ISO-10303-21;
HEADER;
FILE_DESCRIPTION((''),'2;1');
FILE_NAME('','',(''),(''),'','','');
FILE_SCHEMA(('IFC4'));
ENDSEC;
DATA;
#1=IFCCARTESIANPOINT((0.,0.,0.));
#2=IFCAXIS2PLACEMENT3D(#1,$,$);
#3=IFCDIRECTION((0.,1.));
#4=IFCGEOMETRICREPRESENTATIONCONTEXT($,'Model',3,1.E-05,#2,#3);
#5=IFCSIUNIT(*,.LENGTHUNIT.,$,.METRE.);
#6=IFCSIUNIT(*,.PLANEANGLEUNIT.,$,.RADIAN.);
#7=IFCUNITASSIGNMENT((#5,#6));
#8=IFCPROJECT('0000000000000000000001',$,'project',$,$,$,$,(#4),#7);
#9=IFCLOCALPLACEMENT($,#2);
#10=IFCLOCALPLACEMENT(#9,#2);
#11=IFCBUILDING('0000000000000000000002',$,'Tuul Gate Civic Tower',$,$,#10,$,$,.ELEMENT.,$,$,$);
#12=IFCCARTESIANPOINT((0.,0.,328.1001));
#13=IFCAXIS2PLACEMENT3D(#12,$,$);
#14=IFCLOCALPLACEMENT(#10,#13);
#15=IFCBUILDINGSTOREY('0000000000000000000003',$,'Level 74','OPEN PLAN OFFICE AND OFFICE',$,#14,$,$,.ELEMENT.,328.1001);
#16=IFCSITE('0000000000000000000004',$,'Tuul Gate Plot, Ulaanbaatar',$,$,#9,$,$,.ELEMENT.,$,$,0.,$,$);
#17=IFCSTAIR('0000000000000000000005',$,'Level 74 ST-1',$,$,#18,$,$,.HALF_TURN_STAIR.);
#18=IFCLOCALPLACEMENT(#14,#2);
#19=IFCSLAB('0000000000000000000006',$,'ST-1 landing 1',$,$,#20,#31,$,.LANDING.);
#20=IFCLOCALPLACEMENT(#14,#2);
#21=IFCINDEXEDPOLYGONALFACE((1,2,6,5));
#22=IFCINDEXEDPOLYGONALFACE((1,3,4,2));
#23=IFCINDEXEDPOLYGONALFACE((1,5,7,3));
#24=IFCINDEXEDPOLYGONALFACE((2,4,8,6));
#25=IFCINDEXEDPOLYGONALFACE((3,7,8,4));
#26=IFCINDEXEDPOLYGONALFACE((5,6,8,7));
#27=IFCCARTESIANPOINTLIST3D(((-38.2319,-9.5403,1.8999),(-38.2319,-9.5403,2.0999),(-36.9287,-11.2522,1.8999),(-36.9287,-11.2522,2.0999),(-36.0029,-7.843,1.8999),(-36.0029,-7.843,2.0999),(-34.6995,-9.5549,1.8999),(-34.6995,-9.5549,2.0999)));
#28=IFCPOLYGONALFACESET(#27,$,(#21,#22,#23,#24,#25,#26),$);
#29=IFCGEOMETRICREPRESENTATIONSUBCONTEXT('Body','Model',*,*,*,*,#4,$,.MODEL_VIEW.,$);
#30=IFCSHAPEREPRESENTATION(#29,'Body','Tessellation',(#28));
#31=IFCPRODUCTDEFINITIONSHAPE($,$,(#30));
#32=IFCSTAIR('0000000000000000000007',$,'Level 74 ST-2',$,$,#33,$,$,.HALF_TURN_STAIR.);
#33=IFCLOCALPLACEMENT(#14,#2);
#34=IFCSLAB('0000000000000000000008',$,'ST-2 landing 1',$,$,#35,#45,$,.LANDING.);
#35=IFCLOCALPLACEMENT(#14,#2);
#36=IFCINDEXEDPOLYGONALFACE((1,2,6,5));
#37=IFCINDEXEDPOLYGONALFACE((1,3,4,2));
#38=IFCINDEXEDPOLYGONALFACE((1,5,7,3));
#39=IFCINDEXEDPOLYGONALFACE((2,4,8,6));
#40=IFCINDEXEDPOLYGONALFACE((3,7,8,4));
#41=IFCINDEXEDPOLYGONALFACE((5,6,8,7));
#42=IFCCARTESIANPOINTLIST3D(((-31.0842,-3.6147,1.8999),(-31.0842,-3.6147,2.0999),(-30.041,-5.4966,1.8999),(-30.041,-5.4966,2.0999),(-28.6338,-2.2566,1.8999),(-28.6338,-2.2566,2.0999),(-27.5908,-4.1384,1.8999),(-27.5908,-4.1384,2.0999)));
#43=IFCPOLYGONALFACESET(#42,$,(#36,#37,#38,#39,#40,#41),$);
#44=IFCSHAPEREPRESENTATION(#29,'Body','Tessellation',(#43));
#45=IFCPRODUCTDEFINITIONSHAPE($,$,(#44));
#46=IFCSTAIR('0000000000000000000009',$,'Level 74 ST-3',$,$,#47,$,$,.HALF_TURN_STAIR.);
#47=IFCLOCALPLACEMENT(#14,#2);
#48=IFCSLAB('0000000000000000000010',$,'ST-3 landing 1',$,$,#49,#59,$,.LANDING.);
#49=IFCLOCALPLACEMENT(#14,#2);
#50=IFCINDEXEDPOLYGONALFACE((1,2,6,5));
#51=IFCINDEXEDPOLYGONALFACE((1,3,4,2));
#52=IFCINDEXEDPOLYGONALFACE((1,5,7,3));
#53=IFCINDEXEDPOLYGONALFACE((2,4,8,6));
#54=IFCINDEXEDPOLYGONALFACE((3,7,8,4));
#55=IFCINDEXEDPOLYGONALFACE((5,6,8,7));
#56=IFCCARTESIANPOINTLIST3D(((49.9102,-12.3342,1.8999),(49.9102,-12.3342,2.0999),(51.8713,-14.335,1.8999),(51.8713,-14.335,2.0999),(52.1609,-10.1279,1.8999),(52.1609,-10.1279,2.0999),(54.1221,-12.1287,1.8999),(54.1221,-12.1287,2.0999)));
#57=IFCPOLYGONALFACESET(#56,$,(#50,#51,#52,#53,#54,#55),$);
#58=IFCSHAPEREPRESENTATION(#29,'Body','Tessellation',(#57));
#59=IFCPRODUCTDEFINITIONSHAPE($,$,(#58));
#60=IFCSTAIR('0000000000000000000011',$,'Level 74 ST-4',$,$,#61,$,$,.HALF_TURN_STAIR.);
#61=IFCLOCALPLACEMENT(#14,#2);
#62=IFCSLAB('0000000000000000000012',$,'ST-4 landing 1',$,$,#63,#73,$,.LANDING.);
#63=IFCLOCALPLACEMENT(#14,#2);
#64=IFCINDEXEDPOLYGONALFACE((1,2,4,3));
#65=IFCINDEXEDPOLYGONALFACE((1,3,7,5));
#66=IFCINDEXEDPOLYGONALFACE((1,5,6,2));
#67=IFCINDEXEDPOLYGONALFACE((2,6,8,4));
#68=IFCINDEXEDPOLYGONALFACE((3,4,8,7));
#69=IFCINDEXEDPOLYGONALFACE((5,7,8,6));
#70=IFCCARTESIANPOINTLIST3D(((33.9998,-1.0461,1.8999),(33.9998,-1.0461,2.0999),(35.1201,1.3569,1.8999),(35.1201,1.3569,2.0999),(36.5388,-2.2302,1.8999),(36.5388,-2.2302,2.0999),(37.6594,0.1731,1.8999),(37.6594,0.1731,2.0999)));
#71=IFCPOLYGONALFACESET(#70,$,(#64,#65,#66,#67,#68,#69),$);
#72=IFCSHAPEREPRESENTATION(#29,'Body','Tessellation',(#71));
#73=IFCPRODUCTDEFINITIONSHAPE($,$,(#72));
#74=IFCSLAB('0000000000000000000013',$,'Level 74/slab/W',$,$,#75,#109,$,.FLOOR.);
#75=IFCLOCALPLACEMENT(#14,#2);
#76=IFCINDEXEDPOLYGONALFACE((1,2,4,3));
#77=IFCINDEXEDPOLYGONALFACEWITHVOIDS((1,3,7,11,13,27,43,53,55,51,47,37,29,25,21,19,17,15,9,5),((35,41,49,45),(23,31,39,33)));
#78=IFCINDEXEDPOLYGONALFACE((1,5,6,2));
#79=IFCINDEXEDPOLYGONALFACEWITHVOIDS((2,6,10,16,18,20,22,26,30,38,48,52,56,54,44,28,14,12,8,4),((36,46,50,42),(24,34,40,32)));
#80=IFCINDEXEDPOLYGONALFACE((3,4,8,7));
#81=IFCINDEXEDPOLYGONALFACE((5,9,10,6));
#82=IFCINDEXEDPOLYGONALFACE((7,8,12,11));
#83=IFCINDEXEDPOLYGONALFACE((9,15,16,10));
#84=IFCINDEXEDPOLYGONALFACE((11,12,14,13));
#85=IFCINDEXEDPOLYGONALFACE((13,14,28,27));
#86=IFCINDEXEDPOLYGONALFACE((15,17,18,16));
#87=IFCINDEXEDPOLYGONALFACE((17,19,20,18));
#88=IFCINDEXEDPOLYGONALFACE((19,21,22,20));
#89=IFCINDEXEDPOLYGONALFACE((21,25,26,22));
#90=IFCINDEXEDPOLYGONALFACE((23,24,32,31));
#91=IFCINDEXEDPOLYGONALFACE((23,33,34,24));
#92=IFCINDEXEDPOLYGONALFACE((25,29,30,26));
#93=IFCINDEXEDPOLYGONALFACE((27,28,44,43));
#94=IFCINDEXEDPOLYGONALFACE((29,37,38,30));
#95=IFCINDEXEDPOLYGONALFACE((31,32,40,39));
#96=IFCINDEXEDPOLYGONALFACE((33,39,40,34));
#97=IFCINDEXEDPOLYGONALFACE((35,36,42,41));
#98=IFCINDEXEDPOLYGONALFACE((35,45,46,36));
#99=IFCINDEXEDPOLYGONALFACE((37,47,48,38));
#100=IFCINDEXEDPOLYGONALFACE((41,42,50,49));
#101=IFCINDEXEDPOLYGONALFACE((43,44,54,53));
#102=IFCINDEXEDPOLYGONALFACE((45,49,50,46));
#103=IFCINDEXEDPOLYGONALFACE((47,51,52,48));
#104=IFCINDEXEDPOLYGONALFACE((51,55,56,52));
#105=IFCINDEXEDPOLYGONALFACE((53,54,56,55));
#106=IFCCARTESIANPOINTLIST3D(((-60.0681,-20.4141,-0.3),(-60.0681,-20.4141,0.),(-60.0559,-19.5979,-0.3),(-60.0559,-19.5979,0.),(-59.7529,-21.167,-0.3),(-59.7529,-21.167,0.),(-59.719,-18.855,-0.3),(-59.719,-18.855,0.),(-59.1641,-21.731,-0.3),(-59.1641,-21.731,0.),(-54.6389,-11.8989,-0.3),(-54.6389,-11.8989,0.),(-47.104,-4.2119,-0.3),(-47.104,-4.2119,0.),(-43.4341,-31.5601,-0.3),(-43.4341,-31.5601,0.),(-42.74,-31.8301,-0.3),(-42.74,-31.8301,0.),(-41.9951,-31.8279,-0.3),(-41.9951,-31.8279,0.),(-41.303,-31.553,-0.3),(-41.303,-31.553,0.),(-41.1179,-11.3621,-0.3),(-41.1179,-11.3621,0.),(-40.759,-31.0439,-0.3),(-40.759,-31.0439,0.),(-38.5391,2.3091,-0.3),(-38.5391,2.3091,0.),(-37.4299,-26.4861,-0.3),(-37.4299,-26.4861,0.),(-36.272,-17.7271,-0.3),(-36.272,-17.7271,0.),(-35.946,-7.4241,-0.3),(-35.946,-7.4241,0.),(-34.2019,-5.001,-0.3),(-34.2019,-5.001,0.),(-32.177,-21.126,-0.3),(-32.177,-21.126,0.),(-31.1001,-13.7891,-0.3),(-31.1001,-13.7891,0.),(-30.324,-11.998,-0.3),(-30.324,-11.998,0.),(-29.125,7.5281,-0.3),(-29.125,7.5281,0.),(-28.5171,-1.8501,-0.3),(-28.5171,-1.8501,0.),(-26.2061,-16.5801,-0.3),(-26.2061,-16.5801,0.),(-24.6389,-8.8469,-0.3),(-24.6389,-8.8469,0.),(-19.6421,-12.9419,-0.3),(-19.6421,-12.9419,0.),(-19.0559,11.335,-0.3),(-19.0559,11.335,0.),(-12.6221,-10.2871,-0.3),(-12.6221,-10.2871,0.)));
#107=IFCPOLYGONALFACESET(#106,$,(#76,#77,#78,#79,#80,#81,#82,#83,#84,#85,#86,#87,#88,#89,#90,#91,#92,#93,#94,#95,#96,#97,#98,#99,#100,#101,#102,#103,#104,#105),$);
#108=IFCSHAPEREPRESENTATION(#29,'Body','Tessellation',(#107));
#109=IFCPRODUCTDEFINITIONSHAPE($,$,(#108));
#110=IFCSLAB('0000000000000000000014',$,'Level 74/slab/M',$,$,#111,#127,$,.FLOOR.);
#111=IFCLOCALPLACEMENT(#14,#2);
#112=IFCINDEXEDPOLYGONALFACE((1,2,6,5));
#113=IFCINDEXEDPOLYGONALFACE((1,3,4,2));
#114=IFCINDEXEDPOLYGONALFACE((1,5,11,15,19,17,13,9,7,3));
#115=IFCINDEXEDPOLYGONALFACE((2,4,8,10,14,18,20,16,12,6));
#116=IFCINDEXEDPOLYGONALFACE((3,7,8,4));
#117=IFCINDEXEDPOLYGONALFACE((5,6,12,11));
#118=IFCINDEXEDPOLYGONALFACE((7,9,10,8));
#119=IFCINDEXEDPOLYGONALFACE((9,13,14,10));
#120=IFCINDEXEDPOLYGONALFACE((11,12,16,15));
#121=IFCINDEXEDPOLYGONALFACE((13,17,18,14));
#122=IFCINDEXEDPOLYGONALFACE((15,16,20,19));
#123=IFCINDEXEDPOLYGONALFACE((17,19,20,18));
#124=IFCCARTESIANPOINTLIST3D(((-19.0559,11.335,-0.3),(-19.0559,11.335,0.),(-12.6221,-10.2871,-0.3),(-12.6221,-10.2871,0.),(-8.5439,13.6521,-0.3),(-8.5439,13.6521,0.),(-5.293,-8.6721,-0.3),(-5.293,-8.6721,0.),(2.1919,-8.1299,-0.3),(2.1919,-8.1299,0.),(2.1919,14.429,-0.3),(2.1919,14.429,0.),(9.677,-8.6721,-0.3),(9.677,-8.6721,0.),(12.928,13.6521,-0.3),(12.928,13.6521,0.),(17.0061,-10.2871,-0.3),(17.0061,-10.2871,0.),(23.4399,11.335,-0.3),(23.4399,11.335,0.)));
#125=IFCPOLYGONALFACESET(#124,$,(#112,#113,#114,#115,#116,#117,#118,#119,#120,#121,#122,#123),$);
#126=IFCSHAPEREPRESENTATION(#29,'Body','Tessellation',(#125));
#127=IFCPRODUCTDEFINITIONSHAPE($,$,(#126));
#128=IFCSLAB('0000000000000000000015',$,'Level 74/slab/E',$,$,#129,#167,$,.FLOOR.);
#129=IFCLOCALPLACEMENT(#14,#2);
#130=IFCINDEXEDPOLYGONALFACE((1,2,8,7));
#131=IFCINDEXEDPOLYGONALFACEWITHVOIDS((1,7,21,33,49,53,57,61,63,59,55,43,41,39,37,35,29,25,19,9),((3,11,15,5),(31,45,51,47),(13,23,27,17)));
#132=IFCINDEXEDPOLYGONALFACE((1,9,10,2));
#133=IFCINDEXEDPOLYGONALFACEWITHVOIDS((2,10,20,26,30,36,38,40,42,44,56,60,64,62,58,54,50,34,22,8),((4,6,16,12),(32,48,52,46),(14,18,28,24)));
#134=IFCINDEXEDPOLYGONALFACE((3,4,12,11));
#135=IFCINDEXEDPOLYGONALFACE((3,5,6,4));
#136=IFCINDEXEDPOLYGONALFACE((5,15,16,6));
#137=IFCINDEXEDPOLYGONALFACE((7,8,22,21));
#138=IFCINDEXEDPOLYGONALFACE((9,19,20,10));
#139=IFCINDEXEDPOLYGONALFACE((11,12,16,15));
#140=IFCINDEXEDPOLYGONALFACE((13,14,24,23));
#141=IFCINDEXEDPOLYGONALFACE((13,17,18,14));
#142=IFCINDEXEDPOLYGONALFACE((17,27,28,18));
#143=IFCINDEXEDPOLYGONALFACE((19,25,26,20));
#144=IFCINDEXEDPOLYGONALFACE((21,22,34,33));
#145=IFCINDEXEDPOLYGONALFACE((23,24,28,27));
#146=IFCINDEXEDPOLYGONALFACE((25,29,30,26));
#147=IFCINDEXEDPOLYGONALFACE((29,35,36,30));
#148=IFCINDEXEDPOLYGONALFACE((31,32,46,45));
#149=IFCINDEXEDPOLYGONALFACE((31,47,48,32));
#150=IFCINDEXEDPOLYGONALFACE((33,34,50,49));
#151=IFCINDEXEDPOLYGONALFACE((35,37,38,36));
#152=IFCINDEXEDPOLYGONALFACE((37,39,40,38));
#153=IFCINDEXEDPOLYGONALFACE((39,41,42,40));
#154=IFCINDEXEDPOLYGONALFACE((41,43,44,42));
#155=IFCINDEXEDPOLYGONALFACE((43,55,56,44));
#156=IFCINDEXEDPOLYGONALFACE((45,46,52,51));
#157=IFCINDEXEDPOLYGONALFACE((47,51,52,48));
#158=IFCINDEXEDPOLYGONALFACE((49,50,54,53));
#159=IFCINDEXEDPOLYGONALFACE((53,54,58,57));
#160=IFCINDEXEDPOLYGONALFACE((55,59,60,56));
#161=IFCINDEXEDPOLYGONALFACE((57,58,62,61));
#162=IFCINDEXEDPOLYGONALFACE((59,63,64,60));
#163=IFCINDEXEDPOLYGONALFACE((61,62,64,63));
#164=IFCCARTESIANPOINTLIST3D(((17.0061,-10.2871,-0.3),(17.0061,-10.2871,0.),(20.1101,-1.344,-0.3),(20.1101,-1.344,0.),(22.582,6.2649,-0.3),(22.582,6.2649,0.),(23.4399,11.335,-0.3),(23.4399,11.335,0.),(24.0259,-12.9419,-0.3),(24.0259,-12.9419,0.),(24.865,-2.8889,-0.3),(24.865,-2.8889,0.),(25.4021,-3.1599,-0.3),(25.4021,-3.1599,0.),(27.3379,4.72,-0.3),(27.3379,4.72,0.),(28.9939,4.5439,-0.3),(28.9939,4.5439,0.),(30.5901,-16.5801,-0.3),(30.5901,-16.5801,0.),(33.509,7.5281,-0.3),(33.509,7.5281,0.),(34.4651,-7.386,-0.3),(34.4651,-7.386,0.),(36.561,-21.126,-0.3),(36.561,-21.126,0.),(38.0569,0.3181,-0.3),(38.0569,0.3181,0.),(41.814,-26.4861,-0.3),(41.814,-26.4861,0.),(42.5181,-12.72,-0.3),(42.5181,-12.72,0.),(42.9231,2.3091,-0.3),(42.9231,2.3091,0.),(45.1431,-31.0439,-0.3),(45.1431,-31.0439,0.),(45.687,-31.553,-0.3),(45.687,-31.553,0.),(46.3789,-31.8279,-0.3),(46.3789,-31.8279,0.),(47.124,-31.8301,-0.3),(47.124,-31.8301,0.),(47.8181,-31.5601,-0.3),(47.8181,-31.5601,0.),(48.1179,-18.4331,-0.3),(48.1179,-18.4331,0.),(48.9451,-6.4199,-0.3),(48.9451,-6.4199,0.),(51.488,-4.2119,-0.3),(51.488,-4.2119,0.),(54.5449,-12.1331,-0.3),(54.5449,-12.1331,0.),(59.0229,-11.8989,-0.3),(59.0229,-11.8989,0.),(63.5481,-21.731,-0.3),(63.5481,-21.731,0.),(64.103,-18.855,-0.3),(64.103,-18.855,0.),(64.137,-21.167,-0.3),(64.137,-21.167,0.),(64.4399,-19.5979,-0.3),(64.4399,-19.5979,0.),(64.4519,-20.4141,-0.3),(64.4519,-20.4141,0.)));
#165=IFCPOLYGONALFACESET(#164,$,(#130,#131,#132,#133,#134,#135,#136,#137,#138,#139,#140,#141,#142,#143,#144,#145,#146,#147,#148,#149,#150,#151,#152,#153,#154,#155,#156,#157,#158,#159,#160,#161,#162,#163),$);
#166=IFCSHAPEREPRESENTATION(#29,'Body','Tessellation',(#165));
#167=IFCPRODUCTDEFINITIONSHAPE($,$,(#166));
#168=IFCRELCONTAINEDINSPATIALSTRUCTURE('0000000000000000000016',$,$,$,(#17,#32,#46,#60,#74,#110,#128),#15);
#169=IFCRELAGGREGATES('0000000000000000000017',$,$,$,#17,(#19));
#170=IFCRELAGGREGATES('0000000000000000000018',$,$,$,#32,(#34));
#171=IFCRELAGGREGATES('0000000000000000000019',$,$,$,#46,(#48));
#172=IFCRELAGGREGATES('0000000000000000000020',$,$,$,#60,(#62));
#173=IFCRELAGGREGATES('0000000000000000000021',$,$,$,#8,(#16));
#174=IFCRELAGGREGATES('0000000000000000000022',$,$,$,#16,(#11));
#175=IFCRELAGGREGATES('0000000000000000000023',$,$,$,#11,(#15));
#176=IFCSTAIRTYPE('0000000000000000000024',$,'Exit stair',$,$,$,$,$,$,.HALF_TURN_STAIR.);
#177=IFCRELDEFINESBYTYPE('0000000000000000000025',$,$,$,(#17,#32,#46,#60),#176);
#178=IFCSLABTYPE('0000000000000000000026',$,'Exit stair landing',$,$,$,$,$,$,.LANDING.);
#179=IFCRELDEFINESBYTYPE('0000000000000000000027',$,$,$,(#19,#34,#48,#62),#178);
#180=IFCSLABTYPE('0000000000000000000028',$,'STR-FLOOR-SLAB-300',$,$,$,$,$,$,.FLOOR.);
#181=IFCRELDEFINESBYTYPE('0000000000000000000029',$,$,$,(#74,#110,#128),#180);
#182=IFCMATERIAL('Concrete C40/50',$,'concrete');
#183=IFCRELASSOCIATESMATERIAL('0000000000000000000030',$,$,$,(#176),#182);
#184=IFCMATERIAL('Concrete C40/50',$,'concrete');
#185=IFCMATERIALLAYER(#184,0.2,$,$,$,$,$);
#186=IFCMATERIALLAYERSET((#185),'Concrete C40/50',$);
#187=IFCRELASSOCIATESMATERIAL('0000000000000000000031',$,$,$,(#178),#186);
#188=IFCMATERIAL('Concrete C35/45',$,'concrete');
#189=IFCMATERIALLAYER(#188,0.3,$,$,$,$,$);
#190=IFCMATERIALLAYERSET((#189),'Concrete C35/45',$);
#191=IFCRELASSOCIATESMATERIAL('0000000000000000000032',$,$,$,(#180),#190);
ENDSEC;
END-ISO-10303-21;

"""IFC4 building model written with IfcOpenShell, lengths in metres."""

from ifc_helpers import new_model, si_unit, direction, frame, origin, place, context, subcontext, project, spatial, polyline, outline, extrude, material, layer, layer_set, type_object, element, aggregate, save


model = new_model("IFC4")

# Units and contexts
model_context = context("Model", 3, precision=1e-05, world=origin(), true_north=direction((0.0, 1.0)))
body_context = subcontext(model_context, "Body", "Model", "MODEL_VIEW")
ifc_project = project(units=[si_unit("LENGTHUNIT", "METRE"), si_unit("PLANEANGLEUNIT", "RADIAN")], contexts=[model_context])

# Site, building, storey
site_placement = place(None, origin())
site = spatial("IfcSite", under=ifc_project, at=site_placement, Name="Tuul Gate Plot, Ulaanbaatar", CompositionType="ELEMENT", RefElevation=0.0)
building_placement = place(site_placement, origin())
building = spatial("IfcBuilding", under=site, at=building_placement, Name="Tuul Gate Civic Tower", CompositionType="ELEMENT")
storey_placement = place(building_placement, frame((0.0, 0.0, 328.1001)))
storey = spatial("IfcBuildingStorey", under=building, at=storey_placement, Name="Level 74", Description="OPEN PLAN OFFICE AND OFFICE", CompositionType="ELEMENT", Elevation=328.1001)

# Stairs, slabs
ifc_material_1 = material(Name="Concrete C40/50", Category="concrete")
stair_type = type_object("IfcStairType", Name="Exit stair", PredefinedType="HALF_TURN_STAIR", material=ifc_material_1)
stair_1_placement = place(storey_placement, origin())
stair_1 = element("IfcStair", 1, at=stair_1_placement, inside=storey, type_object=stair_type, Name="Level 74 ST-1", PredefinedType="HALF_TURN_STAIR")
ifc_material_2 = material(Name="Concrete C40/50", Category="concrete")
ifc_layer_1 = layer(ifc_material_2, 0.2)
ifc_layer_set_1 = layer_set([ifc_layer_1], Name="Concrete C40/50")
slab_type_1 = type_object("IfcSlabType", Name="Exit stair landing", PredefinedType="LANDING", material=ifc_layer_set_1)
slab_1_placement = place(storey_placement, frame((0.0, 0.0, 1.8999)))
slab_1 = element("IfcSlab", 2, at=slab_1_placement, type_object=slab_type_1, Name="ST-1 landing 1", PredefinedType="LANDING", context=body_context, shape_type="SweptSolid", body=[
    extrude(outline(polyline([(-34.6995, -9.5549), (-36.9287, -11.2522), (-38.2319, -9.5403), (-36.0029, -7.843), (-34.6995, -9.5549)])), origin(), (0.0, 0.0, 1.0), 0.2),
])
aggregate(stair_1, [slab_1])
stair_2_placement = place(storey_placement, origin())
stair_2 = element("IfcStair", 3, at=stair_2_placement, inside=storey, type_object=stair_type, Name="Level 74 ST-2", PredefinedType="HALF_TURN_STAIR")
slab_2_placement = place(storey_placement, frame((0.0, 0.0, 1.8999)))
slab_2 = element("IfcSlab", 4, at=slab_2_placement, type_object=slab_type_1, Name="ST-2 landing 1", PredefinedType="LANDING", context=body_context, shape_type="SweptSolid", body=[
    extrude(outline(polyline([(-27.5908, -4.1384), (-30.041, -5.4966), (-31.0842, -3.6147), (-28.6338, -2.2566), (-27.5908, -4.1384)])), origin(), (0.0, 0.0, 1.0), 0.2),
])
aggregate(stair_2, [slab_2])
stair_3_placement = place(storey_placement, origin())
stair_3 = element("IfcStair", 5, at=stair_3_placement, inside=storey, type_object=stair_type, Name="Level 74 ST-3", PredefinedType="HALF_TURN_STAIR")
slab_3_placement = place(storey_placement, frame((0.0, 0.0, 1.8999)))
slab_3 = element("IfcSlab", 6, at=slab_3_placement, type_object=slab_type_1, Name="ST-3 landing 1", PredefinedType="LANDING", context=body_context, shape_type="SweptSolid", body=[
    extrude(outline(polyline([(51.8713, -14.335), (49.9102, -12.3342), (52.1609, -10.1279), (54.1221, -12.1287), (51.8713, -14.335)])), origin(), (0.0, 0.0, 1.0), 0.2),
])
aggregate(stair_3, [slab_3])
stair_4_placement = place(storey_placement, origin())
stair_4 = element("IfcStair", 7, at=stair_4_placement, inside=storey, type_object=stair_type, Name="Level 74 ST-4", PredefinedType="HALF_TURN_STAIR")
slab_4_placement = place(storey_placement, frame((0.0, 0.0, 1.8999)))
slab_4 = element("IfcSlab", 8, at=slab_4_placement, type_object=slab_type_1, Name="ST-4 landing 1", PredefinedType="LANDING", context=body_context, shape_type="SweptSolid", body=[
    extrude(outline(polyline([(36.5388, -2.2302), (33.9998, -1.0461), (35.1201, 1.3569), (37.6594, 0.1731), (36.5388, -2.2302)])), origin(), (0.0, 0.0, 1.0), 0.2),
])
aggregate(stair_4, [slab_4])

# Slabs
ifc_material_3 = material(Name="Concrete C35/45", Category="concrete")
ifc_layer_2 = layer(ifc_material_3, 0.3)
ifc_layer_set_2 = layer_set([ifc_layer_2], Name="Concrete C35/45")
slab_type_2 = type_object("IfcSlabType", Name="STR-FLOOR-SLAB-300", PredefinedType="FLOOR", material=ifc_layer_set_2)
slab_5_placement = place(storey_placement, frame((0.0, 0.0, -0.3)))
element("IfcSlab", 9, at=slab_5_placement, inside=storey, type_object=slab_type_2, Name="Level 74/slab/W", PredefinedType="FLOOR", context=body_context, shape_type="SweptSolid", body=[
    extrude(outline(polyline([(-19.6421, -12.9419), (-12.6221, -10.2871), (-19.0559, 11.335), (-29.125, 7.5281), (-38.5391, 2.3091), (-47.104, -4.2119), (-54.6389, -11.8989), (-59.719, -18.855), (-60.0559, -19.5979), (-60.0681, -20.4141), (-59.7529, -21.167), (-59.1641, -21.731), (-43.4341, -31.5601), (-42.74, -31.8301), (-41.9951, -31.8279), (-41.303, -31.553), (-40.759, -31.0439), (-37.4299, -26.4861), (-32.177, -21.126), (-26.2061, -16.5801), (-19.6421, -12.9419)]), holes=[polyline([(-31.1001, -13.7891), (-36.272, -17.7271), (-41.1179, -11.3621), (-35.946, -7.4241), (-31.1001, -13.7891)]), polyline([(-24.6389, -8.8469), (-30.324, -11.998), (-34.2019, -5.001), (-28.5171, -1.8501), (-24.6389, -8.8469)])]), origin(), (0.0, 0.0, 1.0), 0.3),
])
slab_6_placement = place(storey_placement, frame((0.0, 0.0, -0.3)))
element("IfcSlab", 10, at=slab_6_placement, inside=storey, type_object=slab_type_2, Name="Level 74/slab/M", PredefinedType="FLOOR", context=body_context, shape_type="SweptSolid", body=[
    extrude(outline(polyline([(17.0061, -10.2871), (23.4399, 11.335), (12.928, 13.6521), (2.1919, 14.429), (-8.5439, 13.6521), (-19.0559, 11.335), (-12.6221, -10.2871), (-5.293, -8.6721), (2.1919, -8.1299), (9.677, -8.6721), (17.0061, -10.2871)])), origin(), (0.0, 0.0, 1.0), 0.3),
])
slab_7_placement = place(storey_placement, frame((0.0, 0.0, -0.3)))
element("IfcSlab", 11, at=slab_7_placement, inside=storey, type_object=slab_type_2, Name="Level 74/slab/E", PredefinedType="FLOOR", context=body_context, shape_type="SweptSolid", body=[
    extrude(outline(polyline([(47.124, -31.8301), (47.8181, -31.5601), (63.5481, -21.731), (64.137, -21.167), (64.4519, -20.4141), (64.4399, -19.5979), (64.103, -18.855), (59.0229, -11.8989), (51.488, -4.2119), (42.9231, 2.3091), (33.509, 7.5281), (23.4399, 11.335), (17.0061, -10.2871), (24.0259, -12.9419), (30.5901, -16.5801), (36.561, -21.126), (41.814, -26.4861), (45.1431, -31.0439), (45.687, -31.553), (46.3789, -31.8279), (47.124, -31.8301)]), holes=[polyline([(48.1179, -18.4331), (42.5181, -12.72), (48.9451, -6.4199), (54.5449, -12.1331), (48.1179, -18.4331)]), polyline([(25.4021, -3.1599), (28.9939, 4.5439), (38.0569, 0.3181), (34.4651, -7.386), (25.4021, -3.1599)]), polyline([(20.1101, -1.344), (22.582, 6.2649), (27.3379, 4.72), (24.865, -2.8889), (20.1101, -1.344)])]), origin(), (0.0, 0.0, 1.0), 0.3),
])

save(model, "model.ifc")
